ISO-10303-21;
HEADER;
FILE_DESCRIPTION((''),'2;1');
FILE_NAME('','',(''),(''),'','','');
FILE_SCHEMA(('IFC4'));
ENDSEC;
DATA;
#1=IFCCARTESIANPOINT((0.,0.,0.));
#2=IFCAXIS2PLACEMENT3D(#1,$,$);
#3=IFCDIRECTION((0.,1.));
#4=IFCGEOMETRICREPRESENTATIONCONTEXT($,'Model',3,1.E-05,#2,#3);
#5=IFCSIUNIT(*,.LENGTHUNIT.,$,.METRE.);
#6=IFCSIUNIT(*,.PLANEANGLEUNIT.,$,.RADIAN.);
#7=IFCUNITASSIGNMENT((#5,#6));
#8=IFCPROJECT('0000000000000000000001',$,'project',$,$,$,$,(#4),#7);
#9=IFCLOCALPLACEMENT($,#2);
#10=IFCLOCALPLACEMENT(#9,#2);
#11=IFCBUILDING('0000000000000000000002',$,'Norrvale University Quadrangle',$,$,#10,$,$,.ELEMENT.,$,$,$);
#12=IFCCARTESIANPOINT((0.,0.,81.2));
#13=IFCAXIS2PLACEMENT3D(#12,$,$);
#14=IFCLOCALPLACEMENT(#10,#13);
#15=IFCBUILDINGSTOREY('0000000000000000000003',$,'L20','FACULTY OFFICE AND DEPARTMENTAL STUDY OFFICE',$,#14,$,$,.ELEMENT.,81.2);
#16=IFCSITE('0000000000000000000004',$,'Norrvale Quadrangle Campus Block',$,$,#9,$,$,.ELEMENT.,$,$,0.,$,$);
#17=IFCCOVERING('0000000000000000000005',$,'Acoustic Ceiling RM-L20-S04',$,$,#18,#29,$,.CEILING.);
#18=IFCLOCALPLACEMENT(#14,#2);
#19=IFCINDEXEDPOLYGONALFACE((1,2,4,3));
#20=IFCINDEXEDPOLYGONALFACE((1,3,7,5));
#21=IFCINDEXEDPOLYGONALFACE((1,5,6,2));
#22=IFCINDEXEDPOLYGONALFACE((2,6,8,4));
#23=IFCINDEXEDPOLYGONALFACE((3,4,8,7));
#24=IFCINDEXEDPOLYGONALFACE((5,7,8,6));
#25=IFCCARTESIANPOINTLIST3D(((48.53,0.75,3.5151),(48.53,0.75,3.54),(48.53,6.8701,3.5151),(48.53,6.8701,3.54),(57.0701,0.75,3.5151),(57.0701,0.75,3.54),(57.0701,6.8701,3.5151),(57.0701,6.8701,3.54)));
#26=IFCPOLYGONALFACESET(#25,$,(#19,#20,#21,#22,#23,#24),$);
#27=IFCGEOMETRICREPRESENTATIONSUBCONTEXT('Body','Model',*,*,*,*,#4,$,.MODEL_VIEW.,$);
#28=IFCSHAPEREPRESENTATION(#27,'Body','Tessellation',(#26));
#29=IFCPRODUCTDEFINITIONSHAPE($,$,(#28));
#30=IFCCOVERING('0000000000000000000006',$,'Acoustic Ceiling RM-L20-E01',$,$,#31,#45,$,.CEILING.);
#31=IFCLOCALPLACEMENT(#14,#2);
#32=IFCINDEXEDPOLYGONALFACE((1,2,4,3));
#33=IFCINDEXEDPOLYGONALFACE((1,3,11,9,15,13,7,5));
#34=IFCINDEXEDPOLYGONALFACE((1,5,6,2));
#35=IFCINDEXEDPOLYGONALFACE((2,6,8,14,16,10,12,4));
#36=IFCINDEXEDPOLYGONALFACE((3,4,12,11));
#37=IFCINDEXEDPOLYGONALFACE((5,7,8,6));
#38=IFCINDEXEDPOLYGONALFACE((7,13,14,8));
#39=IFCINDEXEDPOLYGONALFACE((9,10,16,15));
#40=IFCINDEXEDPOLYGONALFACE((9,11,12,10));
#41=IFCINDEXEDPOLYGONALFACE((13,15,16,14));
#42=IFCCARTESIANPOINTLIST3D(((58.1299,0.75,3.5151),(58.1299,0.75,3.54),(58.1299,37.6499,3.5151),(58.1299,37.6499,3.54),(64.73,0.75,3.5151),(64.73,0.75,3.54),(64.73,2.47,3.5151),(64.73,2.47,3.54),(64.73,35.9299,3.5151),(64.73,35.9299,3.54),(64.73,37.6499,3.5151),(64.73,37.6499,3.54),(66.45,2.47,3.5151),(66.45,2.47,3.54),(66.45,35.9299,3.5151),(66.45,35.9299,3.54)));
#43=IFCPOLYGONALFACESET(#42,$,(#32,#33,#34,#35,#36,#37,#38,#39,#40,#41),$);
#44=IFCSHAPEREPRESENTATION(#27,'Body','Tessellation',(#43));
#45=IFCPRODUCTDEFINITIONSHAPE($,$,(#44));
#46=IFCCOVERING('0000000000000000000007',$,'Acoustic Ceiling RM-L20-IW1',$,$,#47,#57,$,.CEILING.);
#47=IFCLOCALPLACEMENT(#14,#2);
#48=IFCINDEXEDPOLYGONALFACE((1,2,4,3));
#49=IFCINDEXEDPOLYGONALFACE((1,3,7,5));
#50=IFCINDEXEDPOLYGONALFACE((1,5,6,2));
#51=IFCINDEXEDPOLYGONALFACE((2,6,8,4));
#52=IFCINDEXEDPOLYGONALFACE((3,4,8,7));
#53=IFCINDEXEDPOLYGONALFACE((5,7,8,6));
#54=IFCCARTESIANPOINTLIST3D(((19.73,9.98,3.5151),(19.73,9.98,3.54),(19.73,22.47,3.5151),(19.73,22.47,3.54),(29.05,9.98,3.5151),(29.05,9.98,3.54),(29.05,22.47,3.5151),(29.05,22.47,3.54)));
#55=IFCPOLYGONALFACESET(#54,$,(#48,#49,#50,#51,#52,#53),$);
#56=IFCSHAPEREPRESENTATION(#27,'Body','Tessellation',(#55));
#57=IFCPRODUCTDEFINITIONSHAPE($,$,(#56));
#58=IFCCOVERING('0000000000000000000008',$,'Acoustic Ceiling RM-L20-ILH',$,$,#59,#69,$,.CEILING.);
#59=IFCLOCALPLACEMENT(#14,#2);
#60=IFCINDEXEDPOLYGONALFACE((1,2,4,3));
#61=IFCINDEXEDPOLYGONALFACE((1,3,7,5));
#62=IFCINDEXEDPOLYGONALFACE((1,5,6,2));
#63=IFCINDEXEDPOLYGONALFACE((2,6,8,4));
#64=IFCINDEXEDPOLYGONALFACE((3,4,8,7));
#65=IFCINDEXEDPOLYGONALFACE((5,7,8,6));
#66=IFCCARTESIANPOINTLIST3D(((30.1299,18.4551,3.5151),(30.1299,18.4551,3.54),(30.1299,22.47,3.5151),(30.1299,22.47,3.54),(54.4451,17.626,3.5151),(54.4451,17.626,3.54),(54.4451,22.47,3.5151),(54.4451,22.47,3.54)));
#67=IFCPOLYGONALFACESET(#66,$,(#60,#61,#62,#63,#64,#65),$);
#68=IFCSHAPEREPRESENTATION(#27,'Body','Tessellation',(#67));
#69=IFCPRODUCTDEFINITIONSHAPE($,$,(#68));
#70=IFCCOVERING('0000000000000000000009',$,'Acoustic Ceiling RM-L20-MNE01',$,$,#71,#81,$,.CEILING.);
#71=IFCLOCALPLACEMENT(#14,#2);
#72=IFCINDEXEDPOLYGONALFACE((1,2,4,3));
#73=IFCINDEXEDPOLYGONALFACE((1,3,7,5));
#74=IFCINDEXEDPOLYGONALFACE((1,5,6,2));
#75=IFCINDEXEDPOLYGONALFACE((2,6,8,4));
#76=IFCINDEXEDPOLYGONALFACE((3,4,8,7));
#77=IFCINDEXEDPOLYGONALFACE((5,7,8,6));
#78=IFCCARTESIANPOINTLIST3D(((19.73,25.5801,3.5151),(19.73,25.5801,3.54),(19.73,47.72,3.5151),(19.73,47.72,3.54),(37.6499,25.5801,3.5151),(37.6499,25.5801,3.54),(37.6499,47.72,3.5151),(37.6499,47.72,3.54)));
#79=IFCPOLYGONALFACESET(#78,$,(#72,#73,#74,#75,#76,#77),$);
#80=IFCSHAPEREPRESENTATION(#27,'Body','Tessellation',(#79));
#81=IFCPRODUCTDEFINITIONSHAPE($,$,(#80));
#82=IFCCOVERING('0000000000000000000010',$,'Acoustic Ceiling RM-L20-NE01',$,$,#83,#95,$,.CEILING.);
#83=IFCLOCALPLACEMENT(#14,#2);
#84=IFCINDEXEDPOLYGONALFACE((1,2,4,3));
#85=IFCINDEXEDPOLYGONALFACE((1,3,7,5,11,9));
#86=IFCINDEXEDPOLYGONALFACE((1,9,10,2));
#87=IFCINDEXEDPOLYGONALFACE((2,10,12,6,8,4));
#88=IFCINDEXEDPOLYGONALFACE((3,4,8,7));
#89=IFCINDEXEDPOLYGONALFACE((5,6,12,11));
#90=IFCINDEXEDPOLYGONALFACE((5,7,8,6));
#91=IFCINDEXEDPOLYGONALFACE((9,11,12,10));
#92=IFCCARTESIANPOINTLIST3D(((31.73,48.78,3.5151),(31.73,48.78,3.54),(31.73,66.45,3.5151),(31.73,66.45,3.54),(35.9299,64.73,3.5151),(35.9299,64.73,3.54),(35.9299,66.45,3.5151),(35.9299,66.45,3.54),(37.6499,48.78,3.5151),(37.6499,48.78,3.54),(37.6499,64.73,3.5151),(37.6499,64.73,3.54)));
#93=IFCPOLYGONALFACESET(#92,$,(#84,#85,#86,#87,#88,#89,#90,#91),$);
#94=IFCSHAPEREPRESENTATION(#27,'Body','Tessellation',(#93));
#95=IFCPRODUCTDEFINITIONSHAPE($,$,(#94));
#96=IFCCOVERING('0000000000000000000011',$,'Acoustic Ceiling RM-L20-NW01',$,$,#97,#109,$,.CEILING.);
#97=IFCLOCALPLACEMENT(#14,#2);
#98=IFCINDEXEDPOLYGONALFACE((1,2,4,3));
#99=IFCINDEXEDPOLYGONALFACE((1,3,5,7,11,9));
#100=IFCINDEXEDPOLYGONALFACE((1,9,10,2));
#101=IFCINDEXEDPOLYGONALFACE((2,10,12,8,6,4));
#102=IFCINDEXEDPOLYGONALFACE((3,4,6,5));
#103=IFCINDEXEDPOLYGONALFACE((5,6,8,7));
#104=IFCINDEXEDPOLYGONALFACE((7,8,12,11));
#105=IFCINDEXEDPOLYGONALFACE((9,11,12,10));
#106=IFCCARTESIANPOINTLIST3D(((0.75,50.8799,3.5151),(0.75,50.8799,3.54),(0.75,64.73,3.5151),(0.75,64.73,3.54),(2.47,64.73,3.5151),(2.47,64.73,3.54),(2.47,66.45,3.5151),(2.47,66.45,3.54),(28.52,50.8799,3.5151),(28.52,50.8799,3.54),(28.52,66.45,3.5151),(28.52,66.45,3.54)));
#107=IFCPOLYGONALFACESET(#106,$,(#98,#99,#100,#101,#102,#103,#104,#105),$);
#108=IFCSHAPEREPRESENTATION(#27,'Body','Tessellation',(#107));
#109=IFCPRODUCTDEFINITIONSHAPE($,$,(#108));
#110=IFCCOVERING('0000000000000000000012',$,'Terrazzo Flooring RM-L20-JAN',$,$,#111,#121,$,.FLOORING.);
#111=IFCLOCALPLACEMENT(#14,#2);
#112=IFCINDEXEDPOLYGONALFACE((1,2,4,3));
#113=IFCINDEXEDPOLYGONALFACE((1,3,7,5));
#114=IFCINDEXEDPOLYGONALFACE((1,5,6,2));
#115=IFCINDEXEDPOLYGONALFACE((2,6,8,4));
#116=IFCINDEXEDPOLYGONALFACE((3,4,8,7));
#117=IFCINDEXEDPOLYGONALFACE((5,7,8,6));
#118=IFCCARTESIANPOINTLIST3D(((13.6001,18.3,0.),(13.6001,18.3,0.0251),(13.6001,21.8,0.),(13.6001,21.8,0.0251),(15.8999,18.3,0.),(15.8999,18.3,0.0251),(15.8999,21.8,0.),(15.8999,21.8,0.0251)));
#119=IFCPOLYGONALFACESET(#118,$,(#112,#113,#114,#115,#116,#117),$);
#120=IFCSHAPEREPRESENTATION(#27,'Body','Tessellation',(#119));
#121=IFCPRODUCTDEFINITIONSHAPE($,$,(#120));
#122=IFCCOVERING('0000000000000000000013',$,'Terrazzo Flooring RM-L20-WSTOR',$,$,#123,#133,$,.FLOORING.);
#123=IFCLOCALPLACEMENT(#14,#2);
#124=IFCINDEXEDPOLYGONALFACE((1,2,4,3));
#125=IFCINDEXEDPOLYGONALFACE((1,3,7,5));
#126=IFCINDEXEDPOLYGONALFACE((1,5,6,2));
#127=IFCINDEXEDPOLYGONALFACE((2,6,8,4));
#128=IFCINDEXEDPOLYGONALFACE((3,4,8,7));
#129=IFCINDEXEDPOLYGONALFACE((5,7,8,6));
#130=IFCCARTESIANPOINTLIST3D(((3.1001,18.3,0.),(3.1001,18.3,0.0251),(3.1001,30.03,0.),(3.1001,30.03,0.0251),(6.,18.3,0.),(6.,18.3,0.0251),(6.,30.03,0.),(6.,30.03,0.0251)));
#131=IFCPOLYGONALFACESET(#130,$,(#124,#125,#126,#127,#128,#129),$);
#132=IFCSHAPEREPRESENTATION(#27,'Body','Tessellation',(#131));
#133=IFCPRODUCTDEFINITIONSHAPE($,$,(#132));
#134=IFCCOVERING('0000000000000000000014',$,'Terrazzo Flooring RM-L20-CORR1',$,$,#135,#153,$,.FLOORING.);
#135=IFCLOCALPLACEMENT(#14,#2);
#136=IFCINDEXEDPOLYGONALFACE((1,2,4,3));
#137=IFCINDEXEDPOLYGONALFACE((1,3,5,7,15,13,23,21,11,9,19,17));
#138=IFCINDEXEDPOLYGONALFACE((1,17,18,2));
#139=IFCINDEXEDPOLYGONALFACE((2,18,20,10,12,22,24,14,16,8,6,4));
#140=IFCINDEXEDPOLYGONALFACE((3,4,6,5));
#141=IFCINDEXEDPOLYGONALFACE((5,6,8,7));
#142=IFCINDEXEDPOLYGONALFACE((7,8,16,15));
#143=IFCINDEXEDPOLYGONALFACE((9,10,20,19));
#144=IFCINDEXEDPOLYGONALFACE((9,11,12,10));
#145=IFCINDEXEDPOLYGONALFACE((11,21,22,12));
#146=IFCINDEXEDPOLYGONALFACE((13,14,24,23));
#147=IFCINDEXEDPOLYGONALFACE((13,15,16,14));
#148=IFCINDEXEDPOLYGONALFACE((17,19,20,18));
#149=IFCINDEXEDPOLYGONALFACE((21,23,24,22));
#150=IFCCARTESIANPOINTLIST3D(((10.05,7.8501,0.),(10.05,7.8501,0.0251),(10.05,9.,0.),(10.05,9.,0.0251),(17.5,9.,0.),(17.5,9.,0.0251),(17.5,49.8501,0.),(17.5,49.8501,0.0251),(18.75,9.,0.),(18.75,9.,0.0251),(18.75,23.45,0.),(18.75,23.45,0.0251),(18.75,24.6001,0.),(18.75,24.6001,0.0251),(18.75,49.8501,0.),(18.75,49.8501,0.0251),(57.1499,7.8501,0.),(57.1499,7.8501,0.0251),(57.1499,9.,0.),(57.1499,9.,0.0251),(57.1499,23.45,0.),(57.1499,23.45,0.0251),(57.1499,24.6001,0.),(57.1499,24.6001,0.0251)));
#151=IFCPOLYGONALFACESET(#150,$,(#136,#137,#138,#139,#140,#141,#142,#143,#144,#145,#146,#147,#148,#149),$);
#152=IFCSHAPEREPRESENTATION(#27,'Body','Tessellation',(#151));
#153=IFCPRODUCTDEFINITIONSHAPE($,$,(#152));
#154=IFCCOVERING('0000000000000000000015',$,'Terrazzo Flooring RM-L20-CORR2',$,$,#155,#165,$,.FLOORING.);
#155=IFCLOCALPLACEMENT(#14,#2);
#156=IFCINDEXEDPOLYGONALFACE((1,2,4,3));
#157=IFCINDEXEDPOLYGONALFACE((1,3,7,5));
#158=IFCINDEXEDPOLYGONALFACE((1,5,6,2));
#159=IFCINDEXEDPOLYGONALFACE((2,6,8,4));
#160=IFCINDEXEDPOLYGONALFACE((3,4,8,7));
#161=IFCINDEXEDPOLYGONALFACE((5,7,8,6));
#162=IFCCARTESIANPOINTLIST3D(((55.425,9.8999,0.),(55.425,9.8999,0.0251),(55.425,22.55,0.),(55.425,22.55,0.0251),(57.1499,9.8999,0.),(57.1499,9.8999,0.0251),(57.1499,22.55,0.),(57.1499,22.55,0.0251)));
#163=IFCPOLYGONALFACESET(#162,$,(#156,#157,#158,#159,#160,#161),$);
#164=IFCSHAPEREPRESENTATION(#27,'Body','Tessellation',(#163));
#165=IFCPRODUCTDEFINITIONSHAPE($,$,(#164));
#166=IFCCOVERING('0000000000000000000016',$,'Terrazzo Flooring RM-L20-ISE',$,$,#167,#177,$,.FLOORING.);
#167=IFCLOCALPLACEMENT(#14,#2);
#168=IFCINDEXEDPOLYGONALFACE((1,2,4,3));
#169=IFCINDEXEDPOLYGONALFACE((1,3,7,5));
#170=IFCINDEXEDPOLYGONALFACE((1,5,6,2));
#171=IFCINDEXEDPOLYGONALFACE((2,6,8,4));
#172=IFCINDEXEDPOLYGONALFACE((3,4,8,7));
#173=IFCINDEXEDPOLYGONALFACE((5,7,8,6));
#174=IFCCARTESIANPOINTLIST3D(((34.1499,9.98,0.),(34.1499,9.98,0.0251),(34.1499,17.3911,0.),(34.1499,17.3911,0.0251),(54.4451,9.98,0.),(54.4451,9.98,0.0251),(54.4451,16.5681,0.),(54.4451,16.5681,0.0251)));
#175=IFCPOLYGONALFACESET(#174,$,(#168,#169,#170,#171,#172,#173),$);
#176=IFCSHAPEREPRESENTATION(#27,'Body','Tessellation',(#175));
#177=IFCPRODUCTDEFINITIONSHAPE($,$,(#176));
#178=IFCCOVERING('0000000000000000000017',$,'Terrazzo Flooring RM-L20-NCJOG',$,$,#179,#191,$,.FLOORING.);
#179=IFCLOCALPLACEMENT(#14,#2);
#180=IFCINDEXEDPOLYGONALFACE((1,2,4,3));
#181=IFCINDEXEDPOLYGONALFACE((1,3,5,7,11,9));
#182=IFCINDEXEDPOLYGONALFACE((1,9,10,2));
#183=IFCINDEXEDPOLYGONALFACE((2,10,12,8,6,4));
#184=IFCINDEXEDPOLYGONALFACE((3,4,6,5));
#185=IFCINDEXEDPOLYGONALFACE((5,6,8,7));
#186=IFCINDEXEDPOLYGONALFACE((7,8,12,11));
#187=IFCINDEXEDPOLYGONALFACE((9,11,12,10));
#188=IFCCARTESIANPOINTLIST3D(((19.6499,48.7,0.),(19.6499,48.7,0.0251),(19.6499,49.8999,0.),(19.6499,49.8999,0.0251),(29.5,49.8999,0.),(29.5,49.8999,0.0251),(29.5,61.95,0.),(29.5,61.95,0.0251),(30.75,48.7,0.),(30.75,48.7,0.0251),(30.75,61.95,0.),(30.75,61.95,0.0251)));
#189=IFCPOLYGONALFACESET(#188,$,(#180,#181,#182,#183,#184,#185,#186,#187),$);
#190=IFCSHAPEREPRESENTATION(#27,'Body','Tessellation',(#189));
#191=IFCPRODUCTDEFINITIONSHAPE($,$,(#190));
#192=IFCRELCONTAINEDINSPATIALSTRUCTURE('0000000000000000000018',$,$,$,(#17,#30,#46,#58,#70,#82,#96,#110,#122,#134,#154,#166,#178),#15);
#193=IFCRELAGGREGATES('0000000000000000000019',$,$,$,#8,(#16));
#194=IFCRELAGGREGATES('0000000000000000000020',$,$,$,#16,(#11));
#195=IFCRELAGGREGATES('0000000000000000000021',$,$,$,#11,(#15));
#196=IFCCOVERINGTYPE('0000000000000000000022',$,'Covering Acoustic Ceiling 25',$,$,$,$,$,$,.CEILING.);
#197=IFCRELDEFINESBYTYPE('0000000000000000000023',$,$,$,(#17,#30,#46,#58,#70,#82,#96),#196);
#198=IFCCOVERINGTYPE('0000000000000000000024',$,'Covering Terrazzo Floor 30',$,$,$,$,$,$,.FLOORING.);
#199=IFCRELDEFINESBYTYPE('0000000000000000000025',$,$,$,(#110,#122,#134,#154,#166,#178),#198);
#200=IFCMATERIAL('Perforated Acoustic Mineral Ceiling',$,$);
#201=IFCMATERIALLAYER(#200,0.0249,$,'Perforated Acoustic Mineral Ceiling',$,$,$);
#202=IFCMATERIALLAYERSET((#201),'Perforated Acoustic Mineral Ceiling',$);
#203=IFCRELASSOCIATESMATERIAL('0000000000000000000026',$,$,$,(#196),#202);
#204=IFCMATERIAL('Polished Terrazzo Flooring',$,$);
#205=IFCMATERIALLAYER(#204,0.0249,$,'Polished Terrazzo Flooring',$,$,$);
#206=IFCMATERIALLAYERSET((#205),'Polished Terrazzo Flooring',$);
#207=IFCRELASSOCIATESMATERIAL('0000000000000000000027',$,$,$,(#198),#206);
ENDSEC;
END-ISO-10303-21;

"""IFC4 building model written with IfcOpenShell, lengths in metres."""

from ifc_helpers import new_model, si_unit, direction, frame, origin, place, context, subcontext, project, spatial, polyline, outline, extrude, material, layer, layer_set, type_object, element, save


model = new_model("IFC4")

# Units and contexts
model_context = context("Model", 3, precision=1e-05, world=origin(), true_north=direction((0.0, 1.0)))
body_context = subcontext(model_context, "Body", "Model", "MODEL_VIEW")
ifc_project = project(units=[si_unit("LENGTHUNIT", "METRE"), si_unit("PLANEANGLEUNIT", "RADIAN")], contexts=[model_context])

# Site, building, storey
site_placement = place(None, origin())
site = spatial("IfcSite", under=ifc_project, at=site_placement, Name="Norrvale Quadrangle Campus Block", CompositionType="ELEMENT", RefElevation=0.0)
building_placement = place(site_placement, origin())
building = spatial("IfcBuilding", under=site, at=building_placement, Name="Norrvale University Quadrangle", CompositionType="ELEMENT")
storey_placement = place(building_placement, frame((0.0, 0.0, 81.2)))
storey = spatial("IfcBuildingStorey", under=building, at=storey_placement, Name="L20", Description="FACULTY OFFICE AND DEPARTMENTAL STUDY OFFICE", CompositionType="ELEMENT", Elevation=81.2)

# Coverings
ifc_material_1 = material(Name="Perforated Acoustic Mineral Ceiling")
ifc_layer_1 = layer(ifc_material_1, 0.0249, Name="Perforated Acoustic Mineral Ceiling")
ifc_layer_set_1 = layer_set([ifc_layer_1], Name="Perforated Acoustic Mineral Ceiling")
covering_type_1 = type_object("IfcCoveringType", Name="Covering Acoustic Ceiling 25", PredefinedType="CEILING", material=ifc_layer_set_1)
covering_1_placement = place(storey_placement, frame((0.0, 0.0, 3.5151)))
element("IfcCovering", 1, at=covering_1_placement, inside=storey, type_object=covering_type_1, Name="Acoustic Ceiling RM-L20-S04", PredefinedType="CEILING", context=body_context, shape_type="SweptSolid", body=[
    extrude(outline(polyline([(48.53, 6.8701), (57.0701, 6.8701), (57.0701, 0.75), (48.53, 0.75), (48.53, 6.8701)])), origin(), (0.0, 0.0, 1.0), 0.0249),
])
covering_2_placement = place(storey_placement, frame((0.0, 0.0, 3.5151)))
element("IfcCovering", 2, at=covering_2_placement, inside=storey, type_object=covering_type_1, Name="Acoustic Ceiling RM-L20-E01", PredefinedType="CEILING", context=body_context, shape_type="SweptSolid", body=[
    extrude(outline(polyline([(58.1299, 0.75), (58.1299, 37.6499), (64.73, 37.6499), (64.73, 35.9299), (66.45, 35.9299), (66.45, 2.47), (64.73, 2.47), (64.73, 0.75), (58.1299, 0.75)])), origin(), (0.0, 0.0, 1.0), 0.0249),
])
covering_3_placement = place(storey_placement, frame((0.0, 0.0, 3.5151)))
element("IfcCovering", 3, at=covering_3_placement, inside=storey, type_object=covering_type_1, Name="Acoustic Ceiling RM-L20-IW1", PredefinedType="CEILING", context=body_context, shape_type="SweptSolid", body=[
    extrude(outline(polyline([(19.73, 9.98), (19.73, 22.47), (29.05, 22.47), (29.05, 9.98), (19.73, 9.98)])), origin(), (0.0, 0.0, 1.0), 0.0249),
])
covering_4_placement = place(storey_placement, frame((0.0, 0.0, 3.5151)))
element("IfcCovering", 4, at=covering_4_placement, inside=storey, type_object=covering_type_1, Name="Acoustic Ceiling RM-L20-ILH", PredefinedType="CEILING", context=body_context, shape_type="SweptSolid", body=[
    extrude(outline(polyline([(30.1299, 18.4551), (30.1299, 22.47), (54.4451, 22.47), (54.4451, 17.626), (30.1299, 18.4551)])), origin(), (0.0, 0.0, 1.0), 0.0249),
])
covering_5_placement = place(storey_placement, frame((0.0, 0.0, 3.5151)))
element("IfcCovering", 5, at=covering_5_placement, inside=storey, type_object=covering_type_1, Name="Acoustic Ceiling RM-L20-MNE01", PredefinedType="CEILING", context=body_context, shape_type="SweptSolid", body=[
    extrude(outline(polyline([(19.73, 47.72), (37.6499, 47.72), (37.6499, 25.5801), (19.73, 25.5801), (19.73, 47.72)])), origin(), (0.0, 0.0, 1.0), 0.0249),
])
covering_6_placement = place(storey_placement, frame((0.0, 0.0, 3.5151)))
element("IfcCovering", 6, at=covering_6_placement, inside=storey, type_object=covering_type_1, Name="Acoustic Ceiling RM-L20-NE01", PredefinedType="CEILING", context=body_context, shape_type="SweptSolid", body=[
    extrude(outline(polyline([(37.6499, 48.78), (31.73, 48.78), (31.73, 66.45), (35.9299, 66.45), (35.9299, 64.73), (37.6499, 64.73), (37.6499, 48.78)])), origin(), (0.0, 0.0, 1.0), 0.0249),
])
covering_7_placement = place(storey_placement, frame((0.0, 0.0, 3.5151)))
element("IfcCovering", 7, at=covering_7_placement, inside=storey, type_object=covering_type_1, Name="Acoustic Ceiling RM-L20-NW01", PredefinedType="CEILING", context=body_context, shape_type="SweptSolid", body=[
    extrude(outline(polyline([(28.52, 66.45), (28.52, 50.8799), (0.75, 50.8799), (0.75, 64.73), (2.47, 64.73), (2.47, 66.45), (28.52, 66.45)])), origin(), (0.0, 0.0, 1.0), 0.0249),
])
ifc_material_2 = material(Name="Polished Terrazzo Flooring")
ifc_layer_2 = layer(ifc_material_2, 0.0249, Name="Polished Terrazzo Flooring")
ifc_layer_set_2 = layer_set([ifc_layer_2], Name="Polished Terrazzo Flooring")
covering_type_2 = type_object("IfcCoveringType", Name="Covering Terrazzo Floor 30", PredefinedType="FLOORING", material=ifc_layer_set_2)
covering_8_placement = place(storey_placement, origin())
element("IfcCovering", 8, at=covering_8_placement, inside=storey, type_object=covering_type_2, Name="Terrazzo Flooring RM-L20-JAN", PredefinedType="FLOORING", context=body_context, shape_type="SweptSolid", body=[
    extrude(outline(polyline([(13.6001, 18.3), (13.6001, 21.8), (15.8999, 21.8), (15.8999, 18.3), (13.6001, 18.3)])), origin(), (0.0, 0.0, 1.0), 0.0251),
])
covering_9_placement = place(storey_placement, origin())
element("IfcCovering", 9, at=covering_9_placement, inside=storey, type_object=covering_type_2, Name="Terrazzo Flooring RM-L20-WSTOR", PredefinedType="FLOORING", context=body_context, shape_type="SweptSolid", body=[
    extrude(outline(polyline([(3.1001, 18.3), (3.1001, 30.03), (6.0, 30.03), (6.0, 18.3), (3.1001, 18.3)])), origin(), (0.0, 0.0, 1.0), 0.0251),
])
covering_10_placement = place(storey_placement, origin())
element("IfcCovering", 10, at=covering_10_placement, inside=storey, type_object=covering_type_2, Name="Terrazzo Flooring RM-L20-CORR1", PredefinedType="FLOORING", context=body_context, shape_type="SweptSolid", body=[
    extrude(outline(polyline([(10.05, 7.8501), (10.05, 9.0), (17.5, 9.0), (17.5, 49.8501), (18.75, 49.8501), (18.75, 24.6001), (57.1499, 24.6001), (57.1499, 23.45), (18.75, 23.45), (18.75, 9.0), (57.1499, 9.0), (57.1499, 7.8501), (10.05, 7.8501)])), origin(), (0.0, 0.0, 1.0), 0.0251),
])
covering_11_placement = place(storey_placement, origin())
element("IfcCovering", 11, at=covering_11_placement, inside=storey, type_object=covering_type_2, Name="Terrazzo Flooring RM-L20-CORR2", PredefinedType="FLOORING", context=body_context, shape_type="SweptSolid", body=[
    extrude(outline(polyline([(55.425, 9.8999), (55.425, 22.55), (57.1499, 22.55), (57.1499, 9.8999), (55.425, 9.8999)])), origin(), (0.0, 0.0, 1.0), 0.0251),
])
covering_12_placement = place(storey_placement, origin())
element("IfcCovering", 12, at=covering_12_placement, inside=storey, type_object=covering_type_2, Name="Terrazzo Flooring RM-L20-ISE", PredefinedType="FLOORING", context=body_context, shape_type="SweptSolid", body=[
    extrude(outline(polyline([(34.1499, 9.98), (34.1499, 17.3911), (54.4451, 16.5681), (54.4451, 9.98), (34.1499, 9.98)])), origin(), (0.0, 0.0, 1.0), 0.0251),
])
covering_13_placement = place(storey_placement, origin())
element("IfcCovering", 13, at=covering_13_placement, inside=storey, type_object=covering_type_2, Name="Terrazzo Flooring RM-L20-NCJOG", PredefinedType="FLOORING", context=body_context, shape_type="SweptSolid", body=[
    extrude(outline(polyline([(19.6499, 48.7), (19.6499, 49.8999), (29.5, 49.8999), (29.5, 61.95), (30.75, 61.95), (30.75, 48.7), (19.6499, 48.7)])), origin(), (0.0, 0.0, 1.0), 0.0251),
])

save(model, "model.ifc")
